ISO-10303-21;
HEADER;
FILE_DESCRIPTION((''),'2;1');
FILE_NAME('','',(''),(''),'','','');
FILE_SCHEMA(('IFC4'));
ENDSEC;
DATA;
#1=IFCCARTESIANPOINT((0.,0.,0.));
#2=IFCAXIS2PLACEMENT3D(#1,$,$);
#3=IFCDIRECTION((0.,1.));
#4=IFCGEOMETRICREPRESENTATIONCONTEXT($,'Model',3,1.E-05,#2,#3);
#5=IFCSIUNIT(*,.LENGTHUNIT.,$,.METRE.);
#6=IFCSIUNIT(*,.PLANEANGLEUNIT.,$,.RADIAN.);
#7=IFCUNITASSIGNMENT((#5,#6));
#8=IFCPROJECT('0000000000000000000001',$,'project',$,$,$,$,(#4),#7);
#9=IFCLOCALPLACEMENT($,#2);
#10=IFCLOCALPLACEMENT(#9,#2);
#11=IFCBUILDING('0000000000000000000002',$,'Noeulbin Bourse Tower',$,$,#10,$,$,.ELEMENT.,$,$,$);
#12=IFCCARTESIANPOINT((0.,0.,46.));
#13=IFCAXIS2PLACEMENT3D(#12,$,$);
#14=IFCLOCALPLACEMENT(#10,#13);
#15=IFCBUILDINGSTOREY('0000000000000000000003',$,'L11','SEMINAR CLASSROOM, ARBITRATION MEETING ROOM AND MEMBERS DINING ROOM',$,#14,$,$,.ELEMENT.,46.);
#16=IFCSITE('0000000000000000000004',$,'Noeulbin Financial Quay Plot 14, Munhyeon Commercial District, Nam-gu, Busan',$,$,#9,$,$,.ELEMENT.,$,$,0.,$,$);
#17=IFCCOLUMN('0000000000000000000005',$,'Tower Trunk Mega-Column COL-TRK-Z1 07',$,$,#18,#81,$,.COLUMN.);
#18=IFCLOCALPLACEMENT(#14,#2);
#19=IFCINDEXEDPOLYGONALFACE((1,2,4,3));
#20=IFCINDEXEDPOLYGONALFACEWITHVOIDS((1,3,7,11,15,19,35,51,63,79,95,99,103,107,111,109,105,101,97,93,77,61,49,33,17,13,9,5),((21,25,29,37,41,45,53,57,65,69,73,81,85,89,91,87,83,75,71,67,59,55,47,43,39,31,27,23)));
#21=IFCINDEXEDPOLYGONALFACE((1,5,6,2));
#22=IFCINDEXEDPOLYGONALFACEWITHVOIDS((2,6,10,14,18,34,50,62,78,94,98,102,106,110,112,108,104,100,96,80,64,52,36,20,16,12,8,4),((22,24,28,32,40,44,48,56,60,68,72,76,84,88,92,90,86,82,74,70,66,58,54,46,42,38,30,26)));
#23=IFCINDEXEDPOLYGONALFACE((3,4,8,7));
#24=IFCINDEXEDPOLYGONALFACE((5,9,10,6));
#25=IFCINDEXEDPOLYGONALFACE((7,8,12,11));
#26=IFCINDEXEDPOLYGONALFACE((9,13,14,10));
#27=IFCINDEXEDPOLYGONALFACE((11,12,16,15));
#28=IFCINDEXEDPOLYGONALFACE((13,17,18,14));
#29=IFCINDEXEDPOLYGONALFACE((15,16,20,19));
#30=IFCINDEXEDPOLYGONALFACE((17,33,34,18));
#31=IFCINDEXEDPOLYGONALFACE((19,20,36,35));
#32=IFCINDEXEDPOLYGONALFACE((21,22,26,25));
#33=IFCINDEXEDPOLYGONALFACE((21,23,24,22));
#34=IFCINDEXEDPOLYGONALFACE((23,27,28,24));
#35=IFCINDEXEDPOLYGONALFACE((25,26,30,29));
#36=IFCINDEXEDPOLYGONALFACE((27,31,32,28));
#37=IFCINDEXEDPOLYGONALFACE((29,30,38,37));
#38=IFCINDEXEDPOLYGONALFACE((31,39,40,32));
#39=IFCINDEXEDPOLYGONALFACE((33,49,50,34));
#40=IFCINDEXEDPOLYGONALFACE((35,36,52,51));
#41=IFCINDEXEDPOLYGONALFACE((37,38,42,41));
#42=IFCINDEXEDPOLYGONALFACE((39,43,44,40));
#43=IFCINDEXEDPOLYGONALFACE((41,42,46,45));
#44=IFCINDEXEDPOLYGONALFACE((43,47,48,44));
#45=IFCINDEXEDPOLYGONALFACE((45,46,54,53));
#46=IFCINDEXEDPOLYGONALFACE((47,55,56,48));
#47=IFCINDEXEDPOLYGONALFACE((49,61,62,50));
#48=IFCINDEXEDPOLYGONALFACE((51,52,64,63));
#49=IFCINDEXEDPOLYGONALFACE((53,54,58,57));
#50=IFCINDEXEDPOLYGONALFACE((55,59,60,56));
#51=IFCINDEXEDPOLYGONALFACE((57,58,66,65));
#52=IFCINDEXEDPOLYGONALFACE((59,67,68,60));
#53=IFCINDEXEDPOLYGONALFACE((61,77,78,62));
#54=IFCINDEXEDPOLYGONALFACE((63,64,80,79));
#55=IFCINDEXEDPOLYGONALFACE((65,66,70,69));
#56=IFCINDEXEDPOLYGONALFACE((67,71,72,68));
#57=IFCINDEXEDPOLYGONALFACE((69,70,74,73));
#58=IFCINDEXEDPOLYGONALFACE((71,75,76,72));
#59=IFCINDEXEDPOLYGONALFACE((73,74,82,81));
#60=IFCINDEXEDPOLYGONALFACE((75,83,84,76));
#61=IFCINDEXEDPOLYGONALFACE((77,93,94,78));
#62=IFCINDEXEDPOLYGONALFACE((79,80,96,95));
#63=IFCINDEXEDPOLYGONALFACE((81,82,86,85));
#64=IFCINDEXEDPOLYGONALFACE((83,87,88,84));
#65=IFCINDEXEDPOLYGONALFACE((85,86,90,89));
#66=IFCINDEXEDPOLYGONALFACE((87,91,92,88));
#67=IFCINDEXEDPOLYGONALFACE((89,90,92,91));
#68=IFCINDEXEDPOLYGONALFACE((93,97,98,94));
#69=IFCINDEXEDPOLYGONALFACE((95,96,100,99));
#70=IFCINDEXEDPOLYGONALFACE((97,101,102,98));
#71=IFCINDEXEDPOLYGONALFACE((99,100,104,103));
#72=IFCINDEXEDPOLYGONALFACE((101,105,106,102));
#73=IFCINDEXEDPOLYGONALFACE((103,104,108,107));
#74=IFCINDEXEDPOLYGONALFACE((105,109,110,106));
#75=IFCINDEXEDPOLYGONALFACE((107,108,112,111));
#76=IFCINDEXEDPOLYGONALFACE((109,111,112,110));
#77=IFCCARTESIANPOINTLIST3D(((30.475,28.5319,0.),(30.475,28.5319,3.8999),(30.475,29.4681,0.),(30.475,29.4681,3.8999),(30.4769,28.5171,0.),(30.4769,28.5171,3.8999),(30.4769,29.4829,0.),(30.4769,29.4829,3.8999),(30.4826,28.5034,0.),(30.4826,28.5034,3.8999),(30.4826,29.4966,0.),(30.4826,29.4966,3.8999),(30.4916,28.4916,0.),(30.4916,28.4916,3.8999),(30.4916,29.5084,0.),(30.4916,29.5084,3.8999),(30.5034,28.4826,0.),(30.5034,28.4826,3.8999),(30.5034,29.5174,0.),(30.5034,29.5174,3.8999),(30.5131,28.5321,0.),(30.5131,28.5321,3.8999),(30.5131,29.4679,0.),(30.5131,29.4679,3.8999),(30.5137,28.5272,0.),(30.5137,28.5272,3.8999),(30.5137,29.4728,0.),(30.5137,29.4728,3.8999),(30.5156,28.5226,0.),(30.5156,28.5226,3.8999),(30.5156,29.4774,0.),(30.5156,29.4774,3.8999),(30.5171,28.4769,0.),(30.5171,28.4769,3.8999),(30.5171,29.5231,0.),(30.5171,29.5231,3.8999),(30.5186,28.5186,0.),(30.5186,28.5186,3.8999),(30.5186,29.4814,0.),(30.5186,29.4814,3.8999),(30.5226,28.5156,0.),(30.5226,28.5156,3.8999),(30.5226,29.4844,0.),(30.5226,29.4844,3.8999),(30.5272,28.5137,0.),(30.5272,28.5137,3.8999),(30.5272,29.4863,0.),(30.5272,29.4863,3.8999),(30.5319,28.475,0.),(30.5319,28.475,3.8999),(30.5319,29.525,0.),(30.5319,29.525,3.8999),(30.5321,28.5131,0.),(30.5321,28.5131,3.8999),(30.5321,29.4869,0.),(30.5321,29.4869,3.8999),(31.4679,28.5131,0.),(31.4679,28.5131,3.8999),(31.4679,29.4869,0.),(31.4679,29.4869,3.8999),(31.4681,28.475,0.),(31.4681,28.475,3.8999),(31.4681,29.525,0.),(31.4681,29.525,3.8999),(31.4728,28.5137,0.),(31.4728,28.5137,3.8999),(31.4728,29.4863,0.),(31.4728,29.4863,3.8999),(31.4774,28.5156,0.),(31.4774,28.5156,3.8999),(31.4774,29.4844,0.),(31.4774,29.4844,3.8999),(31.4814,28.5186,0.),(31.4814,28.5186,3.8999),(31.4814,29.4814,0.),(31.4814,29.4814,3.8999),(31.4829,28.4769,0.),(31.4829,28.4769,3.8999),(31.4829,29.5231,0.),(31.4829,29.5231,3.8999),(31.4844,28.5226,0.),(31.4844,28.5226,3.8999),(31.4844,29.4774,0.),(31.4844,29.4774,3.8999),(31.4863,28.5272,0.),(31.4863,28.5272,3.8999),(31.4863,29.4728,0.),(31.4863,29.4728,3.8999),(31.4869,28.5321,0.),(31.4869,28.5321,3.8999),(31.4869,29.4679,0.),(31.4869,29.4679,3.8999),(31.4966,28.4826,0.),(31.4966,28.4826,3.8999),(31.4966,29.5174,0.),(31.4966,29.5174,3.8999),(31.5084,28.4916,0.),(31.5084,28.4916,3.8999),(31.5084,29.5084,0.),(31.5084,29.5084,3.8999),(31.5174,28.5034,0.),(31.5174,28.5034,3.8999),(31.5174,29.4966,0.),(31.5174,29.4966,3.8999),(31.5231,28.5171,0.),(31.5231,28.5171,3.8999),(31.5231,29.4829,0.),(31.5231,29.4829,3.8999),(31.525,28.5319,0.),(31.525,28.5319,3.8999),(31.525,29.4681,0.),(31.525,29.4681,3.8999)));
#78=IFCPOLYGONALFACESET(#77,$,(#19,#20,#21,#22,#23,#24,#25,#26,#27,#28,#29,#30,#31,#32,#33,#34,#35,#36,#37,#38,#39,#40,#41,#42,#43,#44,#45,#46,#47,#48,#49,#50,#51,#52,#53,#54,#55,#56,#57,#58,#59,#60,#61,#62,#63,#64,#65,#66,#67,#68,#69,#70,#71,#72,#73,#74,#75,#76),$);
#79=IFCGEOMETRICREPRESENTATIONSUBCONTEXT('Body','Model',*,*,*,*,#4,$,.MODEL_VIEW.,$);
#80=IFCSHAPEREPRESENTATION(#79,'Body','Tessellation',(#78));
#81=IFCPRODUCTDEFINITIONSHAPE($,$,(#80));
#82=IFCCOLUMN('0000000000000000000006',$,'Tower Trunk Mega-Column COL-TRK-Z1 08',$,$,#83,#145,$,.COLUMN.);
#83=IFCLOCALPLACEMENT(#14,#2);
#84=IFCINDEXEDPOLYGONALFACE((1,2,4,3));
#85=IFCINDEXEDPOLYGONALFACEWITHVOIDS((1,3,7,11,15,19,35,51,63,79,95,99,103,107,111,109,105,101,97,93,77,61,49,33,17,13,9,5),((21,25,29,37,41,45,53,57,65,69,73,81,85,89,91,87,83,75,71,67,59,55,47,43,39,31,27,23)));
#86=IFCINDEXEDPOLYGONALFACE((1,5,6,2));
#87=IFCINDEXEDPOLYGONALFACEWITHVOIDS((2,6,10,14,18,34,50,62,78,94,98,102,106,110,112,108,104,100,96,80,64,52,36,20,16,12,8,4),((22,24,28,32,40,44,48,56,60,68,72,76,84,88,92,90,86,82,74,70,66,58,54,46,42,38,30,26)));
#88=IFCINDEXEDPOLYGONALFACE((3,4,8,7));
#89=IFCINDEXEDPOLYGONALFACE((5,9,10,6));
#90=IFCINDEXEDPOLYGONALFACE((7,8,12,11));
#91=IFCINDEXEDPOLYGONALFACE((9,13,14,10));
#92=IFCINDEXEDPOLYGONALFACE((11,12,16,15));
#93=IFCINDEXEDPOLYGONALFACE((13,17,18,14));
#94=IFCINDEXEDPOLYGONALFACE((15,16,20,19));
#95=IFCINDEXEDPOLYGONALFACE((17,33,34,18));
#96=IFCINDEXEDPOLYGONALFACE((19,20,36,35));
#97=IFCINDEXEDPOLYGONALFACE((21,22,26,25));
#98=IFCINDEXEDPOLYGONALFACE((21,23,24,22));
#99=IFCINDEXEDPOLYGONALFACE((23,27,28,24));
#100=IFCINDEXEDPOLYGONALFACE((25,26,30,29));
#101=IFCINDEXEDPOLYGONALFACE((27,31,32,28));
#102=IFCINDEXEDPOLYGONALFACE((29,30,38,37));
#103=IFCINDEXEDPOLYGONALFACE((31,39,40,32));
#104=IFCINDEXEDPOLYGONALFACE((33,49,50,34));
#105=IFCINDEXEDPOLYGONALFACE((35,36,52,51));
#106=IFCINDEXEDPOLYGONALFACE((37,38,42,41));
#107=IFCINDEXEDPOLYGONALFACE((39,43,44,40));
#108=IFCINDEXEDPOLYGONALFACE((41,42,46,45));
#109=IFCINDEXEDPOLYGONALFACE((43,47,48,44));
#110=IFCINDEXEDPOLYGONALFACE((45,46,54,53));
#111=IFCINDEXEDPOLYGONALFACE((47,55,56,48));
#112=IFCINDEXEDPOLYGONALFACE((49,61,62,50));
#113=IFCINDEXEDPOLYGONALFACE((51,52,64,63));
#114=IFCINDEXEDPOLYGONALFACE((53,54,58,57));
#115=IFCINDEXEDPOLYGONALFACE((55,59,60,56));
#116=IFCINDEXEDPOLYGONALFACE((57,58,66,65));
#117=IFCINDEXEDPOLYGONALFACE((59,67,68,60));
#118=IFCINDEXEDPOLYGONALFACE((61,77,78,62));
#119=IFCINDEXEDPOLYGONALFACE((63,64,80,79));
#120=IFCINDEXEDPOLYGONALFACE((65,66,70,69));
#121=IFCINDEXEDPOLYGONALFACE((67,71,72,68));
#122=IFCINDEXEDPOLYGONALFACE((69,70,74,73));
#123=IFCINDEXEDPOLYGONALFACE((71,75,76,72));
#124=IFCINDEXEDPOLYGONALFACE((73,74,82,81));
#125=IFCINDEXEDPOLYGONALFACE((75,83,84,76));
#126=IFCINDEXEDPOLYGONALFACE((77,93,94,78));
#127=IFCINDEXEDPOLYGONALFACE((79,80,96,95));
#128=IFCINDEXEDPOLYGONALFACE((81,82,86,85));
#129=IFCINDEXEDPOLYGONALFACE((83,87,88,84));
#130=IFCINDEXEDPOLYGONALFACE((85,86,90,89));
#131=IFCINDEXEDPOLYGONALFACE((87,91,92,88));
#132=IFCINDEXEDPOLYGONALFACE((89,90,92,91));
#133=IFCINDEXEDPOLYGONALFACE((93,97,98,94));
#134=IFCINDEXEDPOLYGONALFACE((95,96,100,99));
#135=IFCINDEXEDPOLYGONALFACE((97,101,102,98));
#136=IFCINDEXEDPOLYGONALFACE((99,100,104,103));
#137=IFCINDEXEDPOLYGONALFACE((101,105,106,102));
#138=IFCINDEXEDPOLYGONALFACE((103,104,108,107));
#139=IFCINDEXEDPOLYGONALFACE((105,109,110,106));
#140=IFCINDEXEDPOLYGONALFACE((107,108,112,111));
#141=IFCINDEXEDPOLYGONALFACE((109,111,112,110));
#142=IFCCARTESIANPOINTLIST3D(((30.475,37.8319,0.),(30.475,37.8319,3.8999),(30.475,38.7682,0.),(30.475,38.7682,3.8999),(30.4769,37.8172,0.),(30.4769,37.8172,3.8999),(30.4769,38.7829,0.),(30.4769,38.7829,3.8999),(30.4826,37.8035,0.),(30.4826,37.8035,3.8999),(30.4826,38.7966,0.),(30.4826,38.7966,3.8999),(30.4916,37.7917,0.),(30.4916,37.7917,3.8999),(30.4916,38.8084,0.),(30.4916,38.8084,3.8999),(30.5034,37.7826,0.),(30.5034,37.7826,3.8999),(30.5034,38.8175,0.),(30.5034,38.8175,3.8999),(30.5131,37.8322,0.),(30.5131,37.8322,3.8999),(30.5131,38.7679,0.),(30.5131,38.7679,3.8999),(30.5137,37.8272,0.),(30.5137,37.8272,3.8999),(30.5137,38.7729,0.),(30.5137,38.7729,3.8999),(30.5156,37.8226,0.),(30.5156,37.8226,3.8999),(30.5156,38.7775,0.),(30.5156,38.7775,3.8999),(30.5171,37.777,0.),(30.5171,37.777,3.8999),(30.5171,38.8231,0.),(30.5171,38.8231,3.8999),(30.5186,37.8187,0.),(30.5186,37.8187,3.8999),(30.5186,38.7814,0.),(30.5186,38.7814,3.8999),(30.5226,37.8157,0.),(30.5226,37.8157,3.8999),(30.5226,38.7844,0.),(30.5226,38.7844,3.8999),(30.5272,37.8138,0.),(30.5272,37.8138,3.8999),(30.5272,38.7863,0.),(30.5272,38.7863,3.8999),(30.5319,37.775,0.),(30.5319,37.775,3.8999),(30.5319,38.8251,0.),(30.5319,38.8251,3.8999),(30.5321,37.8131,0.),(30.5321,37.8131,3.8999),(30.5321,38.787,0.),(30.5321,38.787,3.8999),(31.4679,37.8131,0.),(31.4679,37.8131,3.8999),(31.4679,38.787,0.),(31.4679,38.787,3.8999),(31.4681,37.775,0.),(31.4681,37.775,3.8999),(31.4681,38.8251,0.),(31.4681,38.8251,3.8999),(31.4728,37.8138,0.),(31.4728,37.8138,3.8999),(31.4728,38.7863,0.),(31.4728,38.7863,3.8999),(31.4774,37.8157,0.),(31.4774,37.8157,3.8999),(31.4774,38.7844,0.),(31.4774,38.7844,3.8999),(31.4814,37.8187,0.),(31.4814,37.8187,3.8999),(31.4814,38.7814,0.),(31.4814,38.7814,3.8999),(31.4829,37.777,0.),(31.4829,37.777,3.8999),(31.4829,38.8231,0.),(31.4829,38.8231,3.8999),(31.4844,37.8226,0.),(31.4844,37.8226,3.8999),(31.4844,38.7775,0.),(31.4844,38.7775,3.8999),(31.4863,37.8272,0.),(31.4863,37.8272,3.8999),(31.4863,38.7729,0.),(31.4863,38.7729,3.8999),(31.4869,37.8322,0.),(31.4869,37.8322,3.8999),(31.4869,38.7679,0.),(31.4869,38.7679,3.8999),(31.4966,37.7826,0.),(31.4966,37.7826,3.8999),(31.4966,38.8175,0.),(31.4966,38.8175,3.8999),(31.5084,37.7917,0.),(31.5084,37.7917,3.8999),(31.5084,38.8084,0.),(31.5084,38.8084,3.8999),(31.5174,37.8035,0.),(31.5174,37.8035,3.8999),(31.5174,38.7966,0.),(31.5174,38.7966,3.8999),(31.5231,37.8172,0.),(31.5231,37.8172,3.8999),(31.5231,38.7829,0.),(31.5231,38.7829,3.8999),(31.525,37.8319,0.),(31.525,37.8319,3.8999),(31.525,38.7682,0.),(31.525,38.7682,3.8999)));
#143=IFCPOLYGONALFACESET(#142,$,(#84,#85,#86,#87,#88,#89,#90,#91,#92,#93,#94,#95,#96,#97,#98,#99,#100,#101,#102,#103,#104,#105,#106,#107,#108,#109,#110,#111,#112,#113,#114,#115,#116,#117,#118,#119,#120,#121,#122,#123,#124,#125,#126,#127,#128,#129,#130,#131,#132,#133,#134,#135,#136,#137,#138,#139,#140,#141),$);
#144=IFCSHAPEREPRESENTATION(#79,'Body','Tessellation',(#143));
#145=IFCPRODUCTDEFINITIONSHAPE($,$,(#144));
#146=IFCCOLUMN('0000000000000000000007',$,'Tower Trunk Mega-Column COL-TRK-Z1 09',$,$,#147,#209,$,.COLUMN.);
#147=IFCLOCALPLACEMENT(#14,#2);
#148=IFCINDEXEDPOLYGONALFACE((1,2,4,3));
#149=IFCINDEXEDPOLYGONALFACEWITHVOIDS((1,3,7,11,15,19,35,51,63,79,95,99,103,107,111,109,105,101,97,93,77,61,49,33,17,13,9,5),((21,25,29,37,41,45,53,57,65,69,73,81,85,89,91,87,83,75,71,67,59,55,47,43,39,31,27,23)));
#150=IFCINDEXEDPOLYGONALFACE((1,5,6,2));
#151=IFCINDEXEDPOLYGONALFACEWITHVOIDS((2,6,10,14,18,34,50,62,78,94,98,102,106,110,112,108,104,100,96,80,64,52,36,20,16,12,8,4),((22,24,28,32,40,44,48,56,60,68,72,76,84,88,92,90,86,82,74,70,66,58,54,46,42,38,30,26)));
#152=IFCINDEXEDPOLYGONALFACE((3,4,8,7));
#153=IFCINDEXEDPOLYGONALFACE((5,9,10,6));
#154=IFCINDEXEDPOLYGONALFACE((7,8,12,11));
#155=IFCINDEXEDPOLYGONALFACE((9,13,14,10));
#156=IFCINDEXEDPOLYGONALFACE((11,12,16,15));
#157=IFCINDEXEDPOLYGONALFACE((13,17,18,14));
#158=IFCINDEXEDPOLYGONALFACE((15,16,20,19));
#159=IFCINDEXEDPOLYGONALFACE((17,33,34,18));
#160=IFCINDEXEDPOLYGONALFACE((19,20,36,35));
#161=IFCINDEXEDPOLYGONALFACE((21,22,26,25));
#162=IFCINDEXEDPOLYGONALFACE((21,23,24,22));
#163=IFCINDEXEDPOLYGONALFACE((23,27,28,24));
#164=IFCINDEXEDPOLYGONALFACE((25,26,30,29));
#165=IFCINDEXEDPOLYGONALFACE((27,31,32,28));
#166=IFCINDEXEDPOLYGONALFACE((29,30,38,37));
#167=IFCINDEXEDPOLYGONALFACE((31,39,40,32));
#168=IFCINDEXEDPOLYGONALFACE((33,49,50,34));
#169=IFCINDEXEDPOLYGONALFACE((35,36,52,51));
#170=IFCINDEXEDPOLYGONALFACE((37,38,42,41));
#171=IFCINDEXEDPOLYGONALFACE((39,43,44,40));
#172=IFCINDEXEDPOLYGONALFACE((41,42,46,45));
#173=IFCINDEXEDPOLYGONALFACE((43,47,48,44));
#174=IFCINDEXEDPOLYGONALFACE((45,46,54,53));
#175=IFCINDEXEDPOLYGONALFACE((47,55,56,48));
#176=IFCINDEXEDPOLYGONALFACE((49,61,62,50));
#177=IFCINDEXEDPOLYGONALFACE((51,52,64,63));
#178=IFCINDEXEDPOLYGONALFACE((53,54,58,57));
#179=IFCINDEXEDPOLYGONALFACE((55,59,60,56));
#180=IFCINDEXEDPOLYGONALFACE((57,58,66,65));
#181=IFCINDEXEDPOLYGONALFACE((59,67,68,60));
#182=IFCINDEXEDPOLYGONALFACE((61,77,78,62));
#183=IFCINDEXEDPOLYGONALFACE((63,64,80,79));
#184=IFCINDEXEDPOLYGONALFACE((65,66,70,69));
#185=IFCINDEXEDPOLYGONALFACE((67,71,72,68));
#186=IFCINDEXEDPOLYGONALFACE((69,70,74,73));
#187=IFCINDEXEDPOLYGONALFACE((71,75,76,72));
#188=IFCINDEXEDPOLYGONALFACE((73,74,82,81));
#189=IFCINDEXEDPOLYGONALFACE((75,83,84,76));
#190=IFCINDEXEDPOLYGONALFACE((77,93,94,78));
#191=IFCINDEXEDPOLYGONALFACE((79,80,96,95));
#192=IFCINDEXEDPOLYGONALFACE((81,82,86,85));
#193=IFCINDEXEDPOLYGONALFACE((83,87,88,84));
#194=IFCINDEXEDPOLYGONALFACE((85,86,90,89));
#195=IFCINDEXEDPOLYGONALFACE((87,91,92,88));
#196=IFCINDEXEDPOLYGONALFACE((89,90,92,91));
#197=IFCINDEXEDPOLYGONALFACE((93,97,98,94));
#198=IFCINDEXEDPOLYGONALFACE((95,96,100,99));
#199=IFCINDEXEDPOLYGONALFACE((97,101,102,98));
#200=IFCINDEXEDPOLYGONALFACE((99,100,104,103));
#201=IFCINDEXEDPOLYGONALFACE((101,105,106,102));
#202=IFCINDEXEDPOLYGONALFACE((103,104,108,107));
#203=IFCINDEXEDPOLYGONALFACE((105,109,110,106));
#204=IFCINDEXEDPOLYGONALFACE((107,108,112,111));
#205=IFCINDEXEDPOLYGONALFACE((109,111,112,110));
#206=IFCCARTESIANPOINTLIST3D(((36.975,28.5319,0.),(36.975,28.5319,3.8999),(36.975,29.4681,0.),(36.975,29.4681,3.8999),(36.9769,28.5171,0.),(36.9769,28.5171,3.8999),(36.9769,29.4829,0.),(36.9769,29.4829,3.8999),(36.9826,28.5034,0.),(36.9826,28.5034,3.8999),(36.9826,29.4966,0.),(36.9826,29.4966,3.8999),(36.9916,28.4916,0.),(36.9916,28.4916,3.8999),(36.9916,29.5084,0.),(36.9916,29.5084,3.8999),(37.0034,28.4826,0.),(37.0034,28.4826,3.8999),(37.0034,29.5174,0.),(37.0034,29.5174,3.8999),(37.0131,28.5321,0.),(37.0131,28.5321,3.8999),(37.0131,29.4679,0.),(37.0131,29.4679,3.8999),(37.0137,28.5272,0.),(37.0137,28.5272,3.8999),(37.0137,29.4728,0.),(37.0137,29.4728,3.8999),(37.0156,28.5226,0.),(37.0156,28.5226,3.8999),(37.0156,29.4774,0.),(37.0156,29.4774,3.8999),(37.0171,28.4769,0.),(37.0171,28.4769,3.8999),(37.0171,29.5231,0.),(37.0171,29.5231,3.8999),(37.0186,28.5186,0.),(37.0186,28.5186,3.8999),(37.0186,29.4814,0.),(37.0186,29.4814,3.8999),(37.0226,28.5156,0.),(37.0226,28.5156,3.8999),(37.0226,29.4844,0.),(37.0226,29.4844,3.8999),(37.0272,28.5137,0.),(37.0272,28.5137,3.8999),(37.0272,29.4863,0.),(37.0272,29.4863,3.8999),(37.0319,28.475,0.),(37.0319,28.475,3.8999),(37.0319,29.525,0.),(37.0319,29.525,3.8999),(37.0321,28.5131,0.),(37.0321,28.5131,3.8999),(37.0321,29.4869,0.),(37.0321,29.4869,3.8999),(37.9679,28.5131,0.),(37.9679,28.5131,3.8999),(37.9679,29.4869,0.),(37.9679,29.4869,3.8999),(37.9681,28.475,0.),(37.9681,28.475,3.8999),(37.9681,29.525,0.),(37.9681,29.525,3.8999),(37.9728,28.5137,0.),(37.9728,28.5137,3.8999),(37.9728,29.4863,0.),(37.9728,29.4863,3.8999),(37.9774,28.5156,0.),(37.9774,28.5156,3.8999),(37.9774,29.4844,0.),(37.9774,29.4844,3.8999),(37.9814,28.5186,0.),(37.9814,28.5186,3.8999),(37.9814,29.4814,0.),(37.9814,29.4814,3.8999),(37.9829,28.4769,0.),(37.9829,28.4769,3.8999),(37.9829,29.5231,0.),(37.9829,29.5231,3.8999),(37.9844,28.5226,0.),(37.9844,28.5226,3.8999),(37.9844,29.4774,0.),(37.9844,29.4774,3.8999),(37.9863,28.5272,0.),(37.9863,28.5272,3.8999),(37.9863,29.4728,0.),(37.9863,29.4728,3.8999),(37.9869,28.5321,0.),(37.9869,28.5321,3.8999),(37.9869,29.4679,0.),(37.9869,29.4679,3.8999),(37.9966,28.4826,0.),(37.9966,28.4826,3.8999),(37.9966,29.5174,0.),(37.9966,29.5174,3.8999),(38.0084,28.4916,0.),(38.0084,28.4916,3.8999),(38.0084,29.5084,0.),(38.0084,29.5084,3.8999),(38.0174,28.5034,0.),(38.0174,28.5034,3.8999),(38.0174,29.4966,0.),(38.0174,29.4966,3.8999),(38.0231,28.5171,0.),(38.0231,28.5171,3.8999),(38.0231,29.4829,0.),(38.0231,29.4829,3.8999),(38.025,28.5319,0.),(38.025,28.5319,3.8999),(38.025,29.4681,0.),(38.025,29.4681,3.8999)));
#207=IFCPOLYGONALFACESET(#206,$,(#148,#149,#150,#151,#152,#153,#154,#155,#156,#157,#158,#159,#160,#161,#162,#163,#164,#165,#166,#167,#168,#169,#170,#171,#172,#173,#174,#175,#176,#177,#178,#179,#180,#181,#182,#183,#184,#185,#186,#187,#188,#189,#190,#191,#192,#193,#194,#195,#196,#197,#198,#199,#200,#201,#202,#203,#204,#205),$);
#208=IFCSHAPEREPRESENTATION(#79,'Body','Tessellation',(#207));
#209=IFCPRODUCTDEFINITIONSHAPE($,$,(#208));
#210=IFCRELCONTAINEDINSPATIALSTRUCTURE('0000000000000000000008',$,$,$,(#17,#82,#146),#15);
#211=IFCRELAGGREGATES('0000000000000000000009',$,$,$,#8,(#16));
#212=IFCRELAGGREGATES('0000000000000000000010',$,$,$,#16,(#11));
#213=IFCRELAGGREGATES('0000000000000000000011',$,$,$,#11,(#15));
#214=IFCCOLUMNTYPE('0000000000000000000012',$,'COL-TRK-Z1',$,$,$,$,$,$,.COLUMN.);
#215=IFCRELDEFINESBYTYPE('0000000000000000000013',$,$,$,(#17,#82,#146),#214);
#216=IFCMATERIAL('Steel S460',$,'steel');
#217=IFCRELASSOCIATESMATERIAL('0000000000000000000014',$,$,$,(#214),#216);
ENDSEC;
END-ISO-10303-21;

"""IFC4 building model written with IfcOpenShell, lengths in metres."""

from ifc_helpers import new_model, si_unit, direction, frame, origin, origin_2d, place, context, subcontext, project, spatial, hollow_rectangle, extrude, material, material_profile, profile_set, type_object, element, save


model = new_model("IFC4")

# Units and contexts
model_context = context("Model", 3, precision=1e-05, world=origin(), true_north=direction((0.0, 1.0)))
body_context = subcontext(model_context, "Body", "Model", "MODEL_VIEW")
ifc_project = project(units=[si_unit("LENGTHUNIT", "METRE"), si_unit("PLANEANGLEUNIT", "RADIAN")], contexts=[model_context])

# Site, building, storey
site_placement = place(None, origin())
site = spatial("IfcSite", under=ifc_project, at=site_placement, Name="Noeulbin Financial Quay Plot 14, Munhyeon Commercial District, Nam-gu, Busan", CompositionType="ELEMENT", RefElevation=0.0)
building_placement = place(site_placement, origin())
building = spatial("IfcBuilding", under=site, at=building_placement, Name="Noeulbin Bourse Tower", CompositionType="ELEMENT")
storey_placement = place(building_placement, frame((0.0, 0.0, 46.0)))
storey = spatial("IfcBuildingStorey", under=building, at=storey_placement, Name="L11", Description="SEMINAR CLASSROOM, ARBITRATION MEETING ROOM AND MEMBERS DINING ROOM", CompositionType="ELEMENT", Elevation=46.0)

# Columns
ifc_material_1 = material(Name="Steel S460", Category="steel")
ifc_material_profile_1 = material_profile(ifc_material_1, hollow_rectangle(XDim=1.05, YDim=1.05, WallThickness=0.0381, InnerFilletRadius=0.019, OuterFilletRadius=0.0569, at=origin_2d()), Name="BOX-1050x1050x38", Category="LoadBearing")
ifc_profile_set_1 = profile_set([ifc_material_profile_1], Name="Steel S460")
column_type = type_object("IfcColumnType", Name="COL-TRK-Z1", PredefinedType="COLUMN", material=ifc_profile_set_1)
for number, where, z_axis, x_axis, name in (
    (1, (31.0, 29.0, 0.0), (0.0, 0.0, 1.0), (1.0, 0.0, 0.0), "Tower Trunk Mega-Column COL-TRK-Z1 07"),
    (2, (31.0, 38.3, 0.0), (0.0, 0.0, 1.0), (1.0, 0.0, 0.0), "Tower Trunk Mega-Column COL-TRK-Z1 08"),
    (3, (37.5, 29.0, 0.0), (0.0, 0.0, 1.0), (1.0, 0.0, 0.0), "Tower Trunk Mega-Column COL-TRK-Z1 09"),
):
    element("IfcColumn", number, at=place(storey_placement, frame(where, z_axis=z_axis, x_axis=x_axis)), inside=storey, type_object=column_type, Name=name, PredefinedType="COLUMN", context=body_context, shape_type="SweptSolid", body=[
        extrude(hollow_rectangle(XDim=1.05, YDim=1.05, WallThickness=0.0381, InnerFilletRadius=0.019, OuterFilletRadius=0.0569, at=origin_2d()), origin(), (0.0, 0.0, 1.0), 3.8999),
    ])

save(model, "model.ifc")
